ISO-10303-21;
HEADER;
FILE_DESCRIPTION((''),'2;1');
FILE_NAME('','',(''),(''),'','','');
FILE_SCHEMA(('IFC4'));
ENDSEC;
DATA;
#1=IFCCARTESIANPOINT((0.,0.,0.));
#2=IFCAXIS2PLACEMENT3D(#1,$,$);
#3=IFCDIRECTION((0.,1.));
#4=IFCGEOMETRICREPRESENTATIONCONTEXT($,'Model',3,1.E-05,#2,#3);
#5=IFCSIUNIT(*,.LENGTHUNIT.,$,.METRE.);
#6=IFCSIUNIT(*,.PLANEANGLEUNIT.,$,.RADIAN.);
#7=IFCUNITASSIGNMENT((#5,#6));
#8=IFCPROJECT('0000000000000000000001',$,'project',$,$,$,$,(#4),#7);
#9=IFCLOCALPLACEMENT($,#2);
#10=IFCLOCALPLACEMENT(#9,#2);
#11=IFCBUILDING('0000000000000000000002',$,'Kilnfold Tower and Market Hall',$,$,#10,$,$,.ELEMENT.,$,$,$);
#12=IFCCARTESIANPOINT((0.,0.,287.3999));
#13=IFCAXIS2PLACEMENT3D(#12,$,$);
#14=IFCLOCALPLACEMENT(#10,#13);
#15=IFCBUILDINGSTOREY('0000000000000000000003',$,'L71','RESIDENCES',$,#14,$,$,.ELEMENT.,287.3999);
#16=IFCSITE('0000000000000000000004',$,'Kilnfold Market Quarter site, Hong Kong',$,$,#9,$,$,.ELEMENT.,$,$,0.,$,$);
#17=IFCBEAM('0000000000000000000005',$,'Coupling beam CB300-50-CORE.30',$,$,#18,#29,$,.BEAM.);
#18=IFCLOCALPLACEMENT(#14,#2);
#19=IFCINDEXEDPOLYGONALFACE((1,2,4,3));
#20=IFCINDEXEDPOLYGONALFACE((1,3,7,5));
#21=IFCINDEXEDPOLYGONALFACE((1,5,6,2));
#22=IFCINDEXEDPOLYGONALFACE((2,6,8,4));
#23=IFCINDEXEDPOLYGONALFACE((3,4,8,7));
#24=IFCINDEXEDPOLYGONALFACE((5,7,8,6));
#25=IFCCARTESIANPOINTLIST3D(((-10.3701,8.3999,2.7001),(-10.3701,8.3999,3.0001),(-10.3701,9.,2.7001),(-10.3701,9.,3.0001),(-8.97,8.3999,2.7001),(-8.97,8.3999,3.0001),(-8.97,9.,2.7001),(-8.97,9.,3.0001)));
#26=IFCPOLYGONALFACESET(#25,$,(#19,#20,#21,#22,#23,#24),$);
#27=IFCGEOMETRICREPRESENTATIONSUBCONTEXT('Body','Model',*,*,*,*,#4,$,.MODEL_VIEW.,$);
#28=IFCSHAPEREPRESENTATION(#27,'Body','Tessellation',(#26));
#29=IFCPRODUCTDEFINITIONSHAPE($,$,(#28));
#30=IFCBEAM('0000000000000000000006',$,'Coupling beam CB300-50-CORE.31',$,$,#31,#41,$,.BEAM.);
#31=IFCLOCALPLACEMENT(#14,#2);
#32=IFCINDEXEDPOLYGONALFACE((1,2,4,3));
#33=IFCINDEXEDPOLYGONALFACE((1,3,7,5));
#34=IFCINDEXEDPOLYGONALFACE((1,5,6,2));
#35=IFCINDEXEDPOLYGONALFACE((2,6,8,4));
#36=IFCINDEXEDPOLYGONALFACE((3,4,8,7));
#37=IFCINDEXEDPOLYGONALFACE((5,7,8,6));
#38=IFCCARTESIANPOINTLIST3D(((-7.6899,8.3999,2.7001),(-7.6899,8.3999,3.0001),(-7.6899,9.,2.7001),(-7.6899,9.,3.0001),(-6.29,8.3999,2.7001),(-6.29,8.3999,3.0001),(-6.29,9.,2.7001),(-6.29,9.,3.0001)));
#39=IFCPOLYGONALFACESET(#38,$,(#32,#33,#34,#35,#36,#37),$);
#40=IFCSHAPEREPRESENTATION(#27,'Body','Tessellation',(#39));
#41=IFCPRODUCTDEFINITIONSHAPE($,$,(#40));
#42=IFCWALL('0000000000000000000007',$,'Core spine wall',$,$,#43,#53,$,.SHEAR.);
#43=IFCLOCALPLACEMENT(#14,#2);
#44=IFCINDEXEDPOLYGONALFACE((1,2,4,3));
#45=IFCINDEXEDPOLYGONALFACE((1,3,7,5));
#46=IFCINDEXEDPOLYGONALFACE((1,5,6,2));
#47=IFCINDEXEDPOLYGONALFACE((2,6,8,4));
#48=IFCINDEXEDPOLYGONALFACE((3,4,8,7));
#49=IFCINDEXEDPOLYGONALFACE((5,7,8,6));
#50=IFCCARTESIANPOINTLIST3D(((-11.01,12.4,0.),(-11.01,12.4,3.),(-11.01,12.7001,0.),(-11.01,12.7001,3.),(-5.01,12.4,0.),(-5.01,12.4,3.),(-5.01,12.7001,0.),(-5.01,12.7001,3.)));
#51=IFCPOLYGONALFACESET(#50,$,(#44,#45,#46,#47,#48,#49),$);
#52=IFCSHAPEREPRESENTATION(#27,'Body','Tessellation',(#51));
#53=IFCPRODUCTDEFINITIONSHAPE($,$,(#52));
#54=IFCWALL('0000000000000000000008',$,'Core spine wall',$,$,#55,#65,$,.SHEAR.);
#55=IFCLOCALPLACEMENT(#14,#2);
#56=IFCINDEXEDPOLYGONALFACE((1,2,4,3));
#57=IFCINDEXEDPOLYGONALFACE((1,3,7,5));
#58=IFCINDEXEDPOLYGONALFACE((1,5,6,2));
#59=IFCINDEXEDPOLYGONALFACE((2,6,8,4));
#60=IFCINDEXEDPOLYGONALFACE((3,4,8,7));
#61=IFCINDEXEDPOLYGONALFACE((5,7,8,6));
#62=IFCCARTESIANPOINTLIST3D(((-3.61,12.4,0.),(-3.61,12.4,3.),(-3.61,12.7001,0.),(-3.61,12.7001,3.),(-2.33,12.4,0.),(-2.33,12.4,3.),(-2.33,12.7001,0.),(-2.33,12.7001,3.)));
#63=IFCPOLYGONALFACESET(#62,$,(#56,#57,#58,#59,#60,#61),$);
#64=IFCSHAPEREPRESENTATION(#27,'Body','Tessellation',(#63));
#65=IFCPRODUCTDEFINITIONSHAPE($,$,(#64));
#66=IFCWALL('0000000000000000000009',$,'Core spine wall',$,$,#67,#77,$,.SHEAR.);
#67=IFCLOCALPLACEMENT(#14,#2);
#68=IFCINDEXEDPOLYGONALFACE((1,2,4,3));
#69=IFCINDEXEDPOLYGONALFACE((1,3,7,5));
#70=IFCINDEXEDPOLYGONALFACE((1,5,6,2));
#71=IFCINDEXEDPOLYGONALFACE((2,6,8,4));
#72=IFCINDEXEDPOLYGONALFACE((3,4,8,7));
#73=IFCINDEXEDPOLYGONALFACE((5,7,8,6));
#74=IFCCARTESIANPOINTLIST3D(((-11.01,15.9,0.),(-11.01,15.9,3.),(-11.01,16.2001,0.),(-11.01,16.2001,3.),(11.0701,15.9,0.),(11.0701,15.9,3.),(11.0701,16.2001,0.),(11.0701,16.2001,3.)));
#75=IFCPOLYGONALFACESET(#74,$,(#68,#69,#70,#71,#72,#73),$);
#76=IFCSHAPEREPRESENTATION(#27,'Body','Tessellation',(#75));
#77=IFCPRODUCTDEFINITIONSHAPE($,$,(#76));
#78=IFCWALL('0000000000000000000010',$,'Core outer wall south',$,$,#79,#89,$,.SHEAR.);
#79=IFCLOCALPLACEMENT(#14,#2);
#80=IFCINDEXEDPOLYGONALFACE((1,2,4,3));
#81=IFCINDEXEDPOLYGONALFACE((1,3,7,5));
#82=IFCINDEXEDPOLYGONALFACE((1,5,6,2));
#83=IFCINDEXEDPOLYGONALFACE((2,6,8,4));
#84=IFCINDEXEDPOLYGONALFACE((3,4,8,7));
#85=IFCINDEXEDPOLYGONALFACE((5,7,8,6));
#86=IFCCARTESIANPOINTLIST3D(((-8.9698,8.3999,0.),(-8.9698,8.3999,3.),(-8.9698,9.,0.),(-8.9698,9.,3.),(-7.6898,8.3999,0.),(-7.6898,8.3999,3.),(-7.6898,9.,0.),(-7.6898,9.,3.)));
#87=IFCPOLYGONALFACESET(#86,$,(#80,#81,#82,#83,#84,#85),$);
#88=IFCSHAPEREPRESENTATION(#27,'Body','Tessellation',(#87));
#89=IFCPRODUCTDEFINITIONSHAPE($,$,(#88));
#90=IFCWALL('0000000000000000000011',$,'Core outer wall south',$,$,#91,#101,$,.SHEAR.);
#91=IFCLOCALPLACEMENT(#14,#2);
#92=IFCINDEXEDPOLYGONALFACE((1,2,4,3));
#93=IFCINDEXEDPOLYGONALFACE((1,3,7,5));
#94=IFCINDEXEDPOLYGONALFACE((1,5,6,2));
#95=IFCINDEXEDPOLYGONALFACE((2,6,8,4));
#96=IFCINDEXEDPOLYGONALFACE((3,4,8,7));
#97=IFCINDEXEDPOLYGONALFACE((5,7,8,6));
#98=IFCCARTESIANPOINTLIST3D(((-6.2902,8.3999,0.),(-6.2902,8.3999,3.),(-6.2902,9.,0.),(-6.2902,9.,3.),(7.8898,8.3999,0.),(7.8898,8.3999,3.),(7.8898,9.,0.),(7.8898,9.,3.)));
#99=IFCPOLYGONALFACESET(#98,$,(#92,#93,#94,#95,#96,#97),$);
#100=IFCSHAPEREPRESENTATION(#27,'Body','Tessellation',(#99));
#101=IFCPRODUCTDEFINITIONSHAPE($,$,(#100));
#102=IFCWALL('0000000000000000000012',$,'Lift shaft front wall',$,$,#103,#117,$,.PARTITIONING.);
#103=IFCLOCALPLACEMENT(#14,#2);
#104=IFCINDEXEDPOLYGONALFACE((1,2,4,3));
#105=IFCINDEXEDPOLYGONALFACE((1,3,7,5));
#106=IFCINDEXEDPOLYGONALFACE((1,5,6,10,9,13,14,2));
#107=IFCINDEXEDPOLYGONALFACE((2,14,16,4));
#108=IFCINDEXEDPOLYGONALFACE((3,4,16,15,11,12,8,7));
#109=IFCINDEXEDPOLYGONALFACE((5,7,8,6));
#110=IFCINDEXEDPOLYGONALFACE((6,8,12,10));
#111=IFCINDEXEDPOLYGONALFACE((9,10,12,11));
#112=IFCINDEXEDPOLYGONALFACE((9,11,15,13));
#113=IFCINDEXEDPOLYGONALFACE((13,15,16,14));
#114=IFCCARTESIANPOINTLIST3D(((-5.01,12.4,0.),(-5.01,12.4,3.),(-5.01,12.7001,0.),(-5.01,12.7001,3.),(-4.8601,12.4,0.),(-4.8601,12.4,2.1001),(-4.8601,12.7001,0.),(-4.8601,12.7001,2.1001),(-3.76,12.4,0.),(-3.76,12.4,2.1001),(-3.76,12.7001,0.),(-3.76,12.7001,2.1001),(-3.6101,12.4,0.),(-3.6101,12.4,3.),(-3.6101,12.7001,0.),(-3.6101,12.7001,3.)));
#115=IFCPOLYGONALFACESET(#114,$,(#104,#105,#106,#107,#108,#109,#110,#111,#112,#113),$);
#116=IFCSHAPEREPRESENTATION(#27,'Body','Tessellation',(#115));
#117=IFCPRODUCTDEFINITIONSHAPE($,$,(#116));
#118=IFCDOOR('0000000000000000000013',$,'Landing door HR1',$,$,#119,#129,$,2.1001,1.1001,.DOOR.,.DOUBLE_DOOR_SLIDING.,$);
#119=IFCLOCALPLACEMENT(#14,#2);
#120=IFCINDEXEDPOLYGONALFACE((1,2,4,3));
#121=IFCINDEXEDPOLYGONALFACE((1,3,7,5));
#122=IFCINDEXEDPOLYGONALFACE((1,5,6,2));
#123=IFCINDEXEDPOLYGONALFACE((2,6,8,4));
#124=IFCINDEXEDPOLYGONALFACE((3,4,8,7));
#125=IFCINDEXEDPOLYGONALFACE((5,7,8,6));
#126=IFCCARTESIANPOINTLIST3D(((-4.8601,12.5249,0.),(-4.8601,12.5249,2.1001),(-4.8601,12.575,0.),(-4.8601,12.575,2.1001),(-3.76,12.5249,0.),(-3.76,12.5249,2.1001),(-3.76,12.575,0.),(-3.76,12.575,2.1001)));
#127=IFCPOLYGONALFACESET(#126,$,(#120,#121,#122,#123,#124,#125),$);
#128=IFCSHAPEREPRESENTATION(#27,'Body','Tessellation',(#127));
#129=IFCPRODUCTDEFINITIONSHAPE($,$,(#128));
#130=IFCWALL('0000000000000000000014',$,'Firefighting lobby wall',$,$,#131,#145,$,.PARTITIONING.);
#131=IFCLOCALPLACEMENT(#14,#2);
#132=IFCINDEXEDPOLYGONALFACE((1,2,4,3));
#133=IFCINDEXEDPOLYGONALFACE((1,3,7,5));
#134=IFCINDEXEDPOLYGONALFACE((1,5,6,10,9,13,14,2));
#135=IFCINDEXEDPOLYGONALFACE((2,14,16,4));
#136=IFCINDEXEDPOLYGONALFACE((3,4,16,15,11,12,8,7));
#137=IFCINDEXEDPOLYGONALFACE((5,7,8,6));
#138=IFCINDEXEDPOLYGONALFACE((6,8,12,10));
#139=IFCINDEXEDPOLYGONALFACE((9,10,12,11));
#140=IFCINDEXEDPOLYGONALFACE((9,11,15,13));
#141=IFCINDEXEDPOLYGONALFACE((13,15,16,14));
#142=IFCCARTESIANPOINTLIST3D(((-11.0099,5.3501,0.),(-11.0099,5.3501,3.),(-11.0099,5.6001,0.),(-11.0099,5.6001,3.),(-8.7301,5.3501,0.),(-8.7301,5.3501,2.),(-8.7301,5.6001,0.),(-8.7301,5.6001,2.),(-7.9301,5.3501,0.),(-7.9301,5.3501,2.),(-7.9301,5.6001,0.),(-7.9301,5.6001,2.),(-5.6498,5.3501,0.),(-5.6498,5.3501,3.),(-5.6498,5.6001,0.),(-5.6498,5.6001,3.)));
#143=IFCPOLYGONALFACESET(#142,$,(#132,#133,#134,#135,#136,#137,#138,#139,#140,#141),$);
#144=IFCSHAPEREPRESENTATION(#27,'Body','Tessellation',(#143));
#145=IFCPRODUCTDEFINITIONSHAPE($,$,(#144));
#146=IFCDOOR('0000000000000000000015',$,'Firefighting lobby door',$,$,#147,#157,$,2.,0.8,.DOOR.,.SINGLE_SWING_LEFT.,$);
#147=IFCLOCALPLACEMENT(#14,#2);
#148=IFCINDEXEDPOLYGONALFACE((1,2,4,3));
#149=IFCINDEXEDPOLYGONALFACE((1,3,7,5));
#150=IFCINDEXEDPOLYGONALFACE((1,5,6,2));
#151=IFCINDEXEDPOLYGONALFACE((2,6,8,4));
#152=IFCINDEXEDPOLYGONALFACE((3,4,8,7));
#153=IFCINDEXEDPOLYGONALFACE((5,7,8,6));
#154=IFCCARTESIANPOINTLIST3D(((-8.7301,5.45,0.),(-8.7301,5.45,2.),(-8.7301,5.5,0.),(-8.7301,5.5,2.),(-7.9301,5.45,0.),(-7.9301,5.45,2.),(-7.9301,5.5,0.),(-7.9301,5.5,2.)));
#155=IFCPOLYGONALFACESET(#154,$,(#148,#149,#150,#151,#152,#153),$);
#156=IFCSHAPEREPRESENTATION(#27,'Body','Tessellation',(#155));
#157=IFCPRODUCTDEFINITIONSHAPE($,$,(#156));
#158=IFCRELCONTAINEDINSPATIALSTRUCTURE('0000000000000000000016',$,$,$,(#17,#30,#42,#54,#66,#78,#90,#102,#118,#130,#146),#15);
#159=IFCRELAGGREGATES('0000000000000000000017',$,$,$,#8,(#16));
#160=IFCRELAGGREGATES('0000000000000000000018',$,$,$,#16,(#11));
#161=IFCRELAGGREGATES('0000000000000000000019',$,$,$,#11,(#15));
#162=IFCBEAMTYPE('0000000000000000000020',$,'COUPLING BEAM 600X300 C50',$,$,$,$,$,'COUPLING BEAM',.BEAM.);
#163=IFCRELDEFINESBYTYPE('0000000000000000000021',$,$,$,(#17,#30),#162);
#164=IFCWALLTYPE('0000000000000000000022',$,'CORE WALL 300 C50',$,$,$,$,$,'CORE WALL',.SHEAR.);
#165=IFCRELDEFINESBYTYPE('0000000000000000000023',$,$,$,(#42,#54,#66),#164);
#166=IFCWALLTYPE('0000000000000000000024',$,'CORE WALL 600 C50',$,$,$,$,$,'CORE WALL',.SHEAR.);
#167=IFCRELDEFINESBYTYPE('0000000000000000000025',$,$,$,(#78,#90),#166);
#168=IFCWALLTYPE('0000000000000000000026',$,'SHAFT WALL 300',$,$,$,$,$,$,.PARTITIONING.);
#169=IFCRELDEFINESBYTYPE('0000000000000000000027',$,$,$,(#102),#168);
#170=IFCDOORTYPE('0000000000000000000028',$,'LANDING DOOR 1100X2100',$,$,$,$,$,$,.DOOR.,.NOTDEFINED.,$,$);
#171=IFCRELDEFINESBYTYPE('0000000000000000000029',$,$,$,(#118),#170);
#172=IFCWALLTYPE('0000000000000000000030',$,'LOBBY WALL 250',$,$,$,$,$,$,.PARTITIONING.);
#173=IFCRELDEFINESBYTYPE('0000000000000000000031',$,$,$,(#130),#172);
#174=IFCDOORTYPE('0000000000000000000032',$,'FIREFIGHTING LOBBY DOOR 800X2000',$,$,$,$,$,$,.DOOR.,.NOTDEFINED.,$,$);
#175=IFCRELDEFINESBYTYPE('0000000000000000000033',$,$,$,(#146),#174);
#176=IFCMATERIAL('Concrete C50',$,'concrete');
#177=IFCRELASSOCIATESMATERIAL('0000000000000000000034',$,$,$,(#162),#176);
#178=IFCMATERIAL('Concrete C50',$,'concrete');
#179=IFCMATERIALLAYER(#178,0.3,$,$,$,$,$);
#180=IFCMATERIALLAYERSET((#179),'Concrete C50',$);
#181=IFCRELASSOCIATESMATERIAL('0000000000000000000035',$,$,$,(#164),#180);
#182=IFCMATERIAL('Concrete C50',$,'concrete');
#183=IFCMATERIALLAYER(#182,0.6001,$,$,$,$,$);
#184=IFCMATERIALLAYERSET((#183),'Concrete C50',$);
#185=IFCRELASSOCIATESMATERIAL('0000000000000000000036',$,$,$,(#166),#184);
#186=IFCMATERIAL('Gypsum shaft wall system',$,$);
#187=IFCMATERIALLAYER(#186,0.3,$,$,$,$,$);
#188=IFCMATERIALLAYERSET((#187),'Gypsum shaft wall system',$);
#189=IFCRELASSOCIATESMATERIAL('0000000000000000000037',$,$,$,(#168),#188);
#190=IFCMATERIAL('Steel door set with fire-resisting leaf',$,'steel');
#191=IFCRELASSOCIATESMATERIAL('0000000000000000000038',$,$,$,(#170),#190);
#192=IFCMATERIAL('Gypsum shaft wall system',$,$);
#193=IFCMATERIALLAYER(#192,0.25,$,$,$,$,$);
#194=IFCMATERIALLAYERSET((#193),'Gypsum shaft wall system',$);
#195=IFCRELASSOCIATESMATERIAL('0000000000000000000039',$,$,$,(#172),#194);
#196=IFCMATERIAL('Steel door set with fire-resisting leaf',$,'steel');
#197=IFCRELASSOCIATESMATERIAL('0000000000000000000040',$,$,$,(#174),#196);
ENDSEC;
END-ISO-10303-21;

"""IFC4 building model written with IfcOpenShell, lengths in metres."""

from ifc_helpers import new_model, si_unit, direction, frame, frame_2d, origin, origin_2d, place, context, subcontext, project, spatial, rectangle, extrude, source, transform, mapped, material, layer, layer_set, material_profile, profile_set, type_object, element, fill, save


model = new_model("IFC4")

# Units and contexts
model_context = context("Model", 3, precision=1e-05, world=origin(), true_north=direction((0.0, 1.0)))
body_context = subcontext(model_context, "Body", "Model", "MODEL_VIEW")
ifc_project = project(units=[si_unit("LENGTHUNIT", "METRE"), si_unit("PLANEANGLEUNIT", "RADIAN")], contexts=[model_context])

# Site, building, storey
site_placement = place(None, origin())
site = spatial("IfcSite", under=ifc_project, at=site_placement, Name="Kilnfold Market Quarter site, Hong Kong", CompositionType="ELEMENT", RefElevation=0.0)
building_placement = place(site_placement, origin())
building = spatial("IfcBuilding", under=site, at=building_placement, Name="Kilnfold Tower and Market Hall", CompositionType="ELEMENT")
storey_placement = place(building_placement, frame((0.0, 0.0, 287.3999)))
storey = spatial("IfcBuildingStorey", under=building, at=storey_placement, Name="L71", Description="RESIDENCES", CompositionType="ELEMENT", Elevation=287.3999)

# Beams
ifc_material_1 = material(Name="Concrete C50", Category="concrete")
ifc_material_profile = material_profile(ifc_material_1, rectangle(XDim=0.6001, YDim=0.3, at=origin_2d()), Name="RC 600x300")
ifc_profile_set = profile_set([ifc_material_profile], Name="Concrete C50")
beam_type = type_object("IfcBeamType", Name="COUPLING BEAM 600X300 C50", ElementType="COUPLING BEAM", PredefinedType="BEAM", material=ifc_profile_set)
shared_shape_1 = source(origin(), body_context, "Body", "SweptSolid", [
    extrude(rectangle(XDim=0.6001, YDim=0.3, at=origin_2d()), origin(), (0.0, 0.0, 1.0), 1.4001),
])
beam_1_placement = place(storey_placement, frame((-10.3701, 8.7, 2.8501), z_axis=(1.0, 0.0, 0.0), x_axis=(0.0, 1.0, 0.0)))
element("IfcBeam", 1, at=beam_1_placement, inside=storey, type_object=beam_type, Name="Coupling beam CB300-50-CORE.30", PredefinedType="BEAM", context=body_context, shape_type="MappedRepresentation", body=[
    mapped(shared_shape_1, transform((0.0, 0.0, 0.0))),
])
shared_shape_2 = source(origin(), body_context, "Body", "SweptSolid", [
    extrude(rectangle(XDim=0.6001, YDim=0.3, at=origin_2d()), origin(), (0.0, 0.0, 1.0), 1.3999),
])
beam_2_placement = place(storey_placement, frame((-7.6899, 8.7, 2.8501), z_axis=(1.0, 0.0, 0.0), x_axis=(0.0, 1.0, 0.0)))
element("IfcBeam", 2, at=beam_2_placement, inside=storey, type_object=beam_type, Name="Coupling beam CB300-50-CORE.31", PredefinedType="BEAM", context=body_context, shape_type="MappedRepresentation", body=[
    mapped(shared_shape_2, transform((0.0, 0.0, 0.0))),
])

# Walls
ifc_material_2 = material(Name="Concrete C50", Category="concrete")
ifc_layer_1 = layer(ifc_material_2, 0.3)
ifc_layer_set_1 = layer_set([ifc_layer_1], Name="Concrete C50")
wall_type_1 = type_object("IfcWallType", Name="CORE WALL 300 C50", ElementType="CORE WALL", PredefinedType="SHEAR", material=ifc_layer_set_1)
shared_shape_3 = source(origin(), body_context, "Body", "SweptSolid", [
    extrude(rectangle(XDim=6.0, YDim=0.3, at=frame_2d((3.0, 0.0))), origin(), (0.0, 0.0, 1.0), 3.0),
])
wall_1_placement = place(storey_placement, frame((-11.01, 12.55, 0.0), z_axis=(0.0, 0.0, 1.0), x_axis=(1.0, 0.0, 0.0)))
element("IfcWall", 3, at=wall_1_placement, inside=storey, type_object=wall_type_1, Name="Core spine wall", PredefinedType="SHEAR", context=body_context, shape_type="MappedRepresentation", body=[
    mapped(shared_shape_3, transform((0.0, 0.0, 0.0))),
])
shared_shape_4 = source(origin(), body_context, "Body", "SweptSolid", [
    extrude(rectangle(XDim=1.28, YDim=0.3, at=frame_2d((0.6401, 0.0))), origin(), (0.0, 0.0, 1.0), 3.0),
])
wall_2_placement = place(storey_placement, frame((-3.6101, 12.55, 0.0), z_axis=(0.0, 0.0, 1.0), x_axis=(1.0, 0.0, 0.0)))
element("IfcWall", 4, at=wall_2_placement, inside=storey, type_object=wall_type_1, Name="Core spine wall", PredefinedType="SHEAR", context=body_context, shape_type="MappedRepresentation", body=[
    mapped(shared_shape_4, transform((0.0, 0.0, 0.0))),
])
shared_shape_5 = source(origin(), body_context, "Body", "SweptSolid", [
    extrude(rectangle(XDim=22.0801, YDim=0.3, at=frame_2d((11.04, 0.0))), origin(), (0.0, 0.0, 1.0), 3.0),
])
wall_3_placement = place(storey_placement, frame((-11.01, 16.05, 0.0), z_axis=(0.0, 0.0, 1.0), x_axis=(1.0, 0.0, 0.0)))
element("IfcWall", 5, at=wall_3_placement, inside=storey, type_object=wall_type_1, Name="Core spine wall", PredefinedType="SHEAR", context=body_context, shape_type="MappedRepresentation", body=[
    mapped(shared_shape_5, transform((0.0, 0.0, 0.0))),
])
ifc_material_3 = material(Name="Concrete C50", Category="concrete")
ifc_layer_2 = layer(ifc_material_3, 0.6001)
ifc_layer_set_2 = layer_set([ifc_layer_2], Name="Concrete C50")
wall_type_2 = type_object("IfcWallType", Name="CORE WALL 600 C50", ElementType="CORE WALL", PredefinedType="SHEAR", material=ifc_layer_set_2)
shared_shape_6 = source(origin(), body_context, "Body", "SweptSolid", [
    extrude(rectangle(XDim=1.28, YDim=0.6001, at=frame_2d((0.6401, 0.0))), origin(), (0.0, 0.0, 1.0), 3.0),
])
wall_4_placement = place(storey_placement, frame((-8.97, 8.7, 0.0), z_axis=(0.0, 0.0, 1.0), x_axis=(1.0, 0.0, 0.0)))
element("IfcWall", 6, at=wall_4_placement, inside=storey, type_object=wall_type_2, Name="Core outer wall south", PredefinedType="SHEAR", context=body_context, shape_type="MappedRepresentation", body=[
    mapped(shared_shape_6, transform((0.0, 0.0, 0.0))),
])
shared_shape_7 = source(origin(), body_context, "Body", "SweptSolid", [
    extrude(rectangle(XDim=14.1799, YDim=0.6001, at=frame_2d((7.0898, 0.0))), origin(), (0.0, 0.0, 1.0), 3.0),
])
wall_5_placement = place(storey_placement, frame((-6.29, 8.7, 0.0), z_axis=(0.0, 0.0, 1.0), x_axis=(1.0, 0.0, 0.0)))
element("IfcWall", 7, at=wall_5_placement, inside=storey, type_object=wall_type_2, Name="Core outer wall south", PredefinedType="SHEAR", context=body_context, shape_type="MappedRepresentation", body=[
    mapped(shared_shape_7, transform((0.0, 0.0, 0.0))),
])

# Walls, openings, doors
ifc_material_4 = material(Name="Gypsum shaft wall system")
ifc_layer_3 = layer(ifc_material_4, 0.3)
ifc_layer_set_3 = layer_set([ifc_layer_3], Name="Gypsum shaft wall system")
wall_type_3 = type_object("IfcWallType", Name="SHAFT WALL 300", PredefinedType="PARTITIONING", material=ifc_layer_set_3)
shared_shape_8 = source(origin(), body_context, "Body", "SweptSolid", [
    extrude(rectangle(XDim=1.3999, YDim=0.3, at=frame_2d((0.7, 0.0))), origin(), (0.0, 0.0, 1.0), 3.0),
])
wall_6_placement = place(storey_placement, frame((-5.01, 12.55, 0.0), z_axis=(0.0, 0.0, 1.0), x_axis=(1.0, 0.0, 0.0)))
wall_6 = element("IfcWall", 8, at=wall_6_placement, inside=storey, type_object=wall_type_3, Name="Lift shaft front wall", PredefinedType="PARTITIONING", context=body_context, shape_type="MappedRepresentation", body=[
    mapped(shared_shape_8, transform((0.0, 0.0, 0.0))),
])
opening_1_placement = place(wall_6_placement, frame((0.1499, 0.0, 0.0)))
opening_1 = element("IfcOpeningElement", 9, at=opening_1_placement, cuts=wall_6, PredefinedType="OPENING", context=body_context, shape_type="SweptSolid", body=[
    extrude(rectangle(XDim=1.1001, YDim=2.1001, at=frame_2d((0.55, 1.05))), frame((0.0, 0.1602, 0.0), z_axis=(0.0, -1.0, 0.0), x_axis=(1.0, 0.0, 0.0)), (0.0, 0.0, 1.0), 0.3201),
])
ifc_material_5 = material(Name="Steel door set with fire-resisting leaf", Category="steel")
door_type_1 = type_object("IfcDoorType", Name="LANDING DOOR 1100X2100", OperationType="NOTDEFINED", PredefinedType="DOOR", material=ifc_material_5)
door_1_placement = place(opening_1_placement, origin())
door_1 = element("IfcDoor", 10, at=door_1_placement, inside=storey, type_object=door_type_1, Name="Landing door HR1", OperationType="DOUBLE_DOOR_SLIDING", OverallHeight=2.1001, OverallWidth=1.1001, PredefinedType="DOOR", context=body_context, shape_type="SweptSolid", body=[
    extrude(rectangle(XDim=1.1001, YDim=2.1001, at=frame_2d((0.55, 1.05))), frame((0.0, 0.0249, 0.0), z_axis=(0.0, -1.0, 0.0), x_axis=(1.0, 0.0, 0.0)), (0.0, 0.0, 1.0), 0.05),
])
fill(opening_1, door_1)
ifc_material_6 = material(Name="Gypsum shaft wall system")
ifc_layer_4 = layer(ifc_material_6, 0.25)
ifc_layer_set_4 = layer_set([ifc_layer_4], Name="Gypsum shaft wall system")
wall_type_4 = type_object("IfcWallType", Name="LOBBY WALL 250", PredefinedType="PARTITIONING", material=ifc_layer_set_4)
shared_shape_9 = source(origin(), body_context, "Body", "SweptSolid", [
    extrude(rectangle(XDim=5.3601, YDim=0.25, at=frame_2d((2.6802, 0.0))), origin(), (0.0, 0.0, 1.0), 3.0),
])
wall_7_placement = place(storey_placement, frame((-11.01, 5.4751, 0.0), z_axis=(0.0, 0.0, 1.0), x_axis=(1.0, 0.0, 0.0)))
wall_7 = element("IfcWall", 11, at=wall_7_placement, inside=storey, type_object=wall_type_4, Name="Firefighting lobby wall", PredefinedType="PARTITIONING", context=body_context, shape_type="MappedRepresentation", body=[
    mapped(shared_shape_9, transform((0.0, 0.0, 0.0))),
])
opening_2_placement = place(wall_7_placement, frame((2.28, 0.0, 0.0)))
opening_2 = element("IfcOpeningElement", 12, at=opening_2_placement, cuts=wall_7, PredefinedType="OPENING", context=body_context, shape_type="SweptSolid", body=[
    extrude(rectangle(XDim=0.8, YDim=2.0, at=frame_2d((0.3999, 1.0))), frame((0.0, 0.135, 0.0), z_axis=(0.0, -1.0, 0.0), x_axis=(1.0, 0.0, 0.0)), (0.0, 0.0, 1.0), 0.27),
])
ifc_material_7 = material(Name="Steel door set with fire-resisting leaf", Category="steel")
door_type_2 = type_object("IfcDoorType", Name="FIREFIGHTING LOBBY DOOR 800X2000", OperationType="NOTDEFINED", PredefinedType="DOOR", material=ifc_material_7)
door_2_placement = place(opening_2_placement, origin())
door_2 = element("IfcDoor", 13, at=door_2_placement, inside=storey, type_object=door_type_2, Name="Firefighting lobby door", OperationType="SINGLE_SWING_LEFT", OverallHeight=2.0, OverallWidth=0.8, PredefinedType="DOOR", context=body_context, shape_type="SweptSolid", body=[
    extrude(rectangle(XDim=0.8, YDim=2.0, at=frame_2d((0.3999, 1.0))), frame((0.0, 0.0249, 0.0), z_axis=(0.0, -1.0, 0.0), x_axis=(1.0, 0.0, 0.0)), (0.0, 0.0, 1.0), 0.05),
])
fill(opening_2, door_2)

save(model, "model.ifc")
